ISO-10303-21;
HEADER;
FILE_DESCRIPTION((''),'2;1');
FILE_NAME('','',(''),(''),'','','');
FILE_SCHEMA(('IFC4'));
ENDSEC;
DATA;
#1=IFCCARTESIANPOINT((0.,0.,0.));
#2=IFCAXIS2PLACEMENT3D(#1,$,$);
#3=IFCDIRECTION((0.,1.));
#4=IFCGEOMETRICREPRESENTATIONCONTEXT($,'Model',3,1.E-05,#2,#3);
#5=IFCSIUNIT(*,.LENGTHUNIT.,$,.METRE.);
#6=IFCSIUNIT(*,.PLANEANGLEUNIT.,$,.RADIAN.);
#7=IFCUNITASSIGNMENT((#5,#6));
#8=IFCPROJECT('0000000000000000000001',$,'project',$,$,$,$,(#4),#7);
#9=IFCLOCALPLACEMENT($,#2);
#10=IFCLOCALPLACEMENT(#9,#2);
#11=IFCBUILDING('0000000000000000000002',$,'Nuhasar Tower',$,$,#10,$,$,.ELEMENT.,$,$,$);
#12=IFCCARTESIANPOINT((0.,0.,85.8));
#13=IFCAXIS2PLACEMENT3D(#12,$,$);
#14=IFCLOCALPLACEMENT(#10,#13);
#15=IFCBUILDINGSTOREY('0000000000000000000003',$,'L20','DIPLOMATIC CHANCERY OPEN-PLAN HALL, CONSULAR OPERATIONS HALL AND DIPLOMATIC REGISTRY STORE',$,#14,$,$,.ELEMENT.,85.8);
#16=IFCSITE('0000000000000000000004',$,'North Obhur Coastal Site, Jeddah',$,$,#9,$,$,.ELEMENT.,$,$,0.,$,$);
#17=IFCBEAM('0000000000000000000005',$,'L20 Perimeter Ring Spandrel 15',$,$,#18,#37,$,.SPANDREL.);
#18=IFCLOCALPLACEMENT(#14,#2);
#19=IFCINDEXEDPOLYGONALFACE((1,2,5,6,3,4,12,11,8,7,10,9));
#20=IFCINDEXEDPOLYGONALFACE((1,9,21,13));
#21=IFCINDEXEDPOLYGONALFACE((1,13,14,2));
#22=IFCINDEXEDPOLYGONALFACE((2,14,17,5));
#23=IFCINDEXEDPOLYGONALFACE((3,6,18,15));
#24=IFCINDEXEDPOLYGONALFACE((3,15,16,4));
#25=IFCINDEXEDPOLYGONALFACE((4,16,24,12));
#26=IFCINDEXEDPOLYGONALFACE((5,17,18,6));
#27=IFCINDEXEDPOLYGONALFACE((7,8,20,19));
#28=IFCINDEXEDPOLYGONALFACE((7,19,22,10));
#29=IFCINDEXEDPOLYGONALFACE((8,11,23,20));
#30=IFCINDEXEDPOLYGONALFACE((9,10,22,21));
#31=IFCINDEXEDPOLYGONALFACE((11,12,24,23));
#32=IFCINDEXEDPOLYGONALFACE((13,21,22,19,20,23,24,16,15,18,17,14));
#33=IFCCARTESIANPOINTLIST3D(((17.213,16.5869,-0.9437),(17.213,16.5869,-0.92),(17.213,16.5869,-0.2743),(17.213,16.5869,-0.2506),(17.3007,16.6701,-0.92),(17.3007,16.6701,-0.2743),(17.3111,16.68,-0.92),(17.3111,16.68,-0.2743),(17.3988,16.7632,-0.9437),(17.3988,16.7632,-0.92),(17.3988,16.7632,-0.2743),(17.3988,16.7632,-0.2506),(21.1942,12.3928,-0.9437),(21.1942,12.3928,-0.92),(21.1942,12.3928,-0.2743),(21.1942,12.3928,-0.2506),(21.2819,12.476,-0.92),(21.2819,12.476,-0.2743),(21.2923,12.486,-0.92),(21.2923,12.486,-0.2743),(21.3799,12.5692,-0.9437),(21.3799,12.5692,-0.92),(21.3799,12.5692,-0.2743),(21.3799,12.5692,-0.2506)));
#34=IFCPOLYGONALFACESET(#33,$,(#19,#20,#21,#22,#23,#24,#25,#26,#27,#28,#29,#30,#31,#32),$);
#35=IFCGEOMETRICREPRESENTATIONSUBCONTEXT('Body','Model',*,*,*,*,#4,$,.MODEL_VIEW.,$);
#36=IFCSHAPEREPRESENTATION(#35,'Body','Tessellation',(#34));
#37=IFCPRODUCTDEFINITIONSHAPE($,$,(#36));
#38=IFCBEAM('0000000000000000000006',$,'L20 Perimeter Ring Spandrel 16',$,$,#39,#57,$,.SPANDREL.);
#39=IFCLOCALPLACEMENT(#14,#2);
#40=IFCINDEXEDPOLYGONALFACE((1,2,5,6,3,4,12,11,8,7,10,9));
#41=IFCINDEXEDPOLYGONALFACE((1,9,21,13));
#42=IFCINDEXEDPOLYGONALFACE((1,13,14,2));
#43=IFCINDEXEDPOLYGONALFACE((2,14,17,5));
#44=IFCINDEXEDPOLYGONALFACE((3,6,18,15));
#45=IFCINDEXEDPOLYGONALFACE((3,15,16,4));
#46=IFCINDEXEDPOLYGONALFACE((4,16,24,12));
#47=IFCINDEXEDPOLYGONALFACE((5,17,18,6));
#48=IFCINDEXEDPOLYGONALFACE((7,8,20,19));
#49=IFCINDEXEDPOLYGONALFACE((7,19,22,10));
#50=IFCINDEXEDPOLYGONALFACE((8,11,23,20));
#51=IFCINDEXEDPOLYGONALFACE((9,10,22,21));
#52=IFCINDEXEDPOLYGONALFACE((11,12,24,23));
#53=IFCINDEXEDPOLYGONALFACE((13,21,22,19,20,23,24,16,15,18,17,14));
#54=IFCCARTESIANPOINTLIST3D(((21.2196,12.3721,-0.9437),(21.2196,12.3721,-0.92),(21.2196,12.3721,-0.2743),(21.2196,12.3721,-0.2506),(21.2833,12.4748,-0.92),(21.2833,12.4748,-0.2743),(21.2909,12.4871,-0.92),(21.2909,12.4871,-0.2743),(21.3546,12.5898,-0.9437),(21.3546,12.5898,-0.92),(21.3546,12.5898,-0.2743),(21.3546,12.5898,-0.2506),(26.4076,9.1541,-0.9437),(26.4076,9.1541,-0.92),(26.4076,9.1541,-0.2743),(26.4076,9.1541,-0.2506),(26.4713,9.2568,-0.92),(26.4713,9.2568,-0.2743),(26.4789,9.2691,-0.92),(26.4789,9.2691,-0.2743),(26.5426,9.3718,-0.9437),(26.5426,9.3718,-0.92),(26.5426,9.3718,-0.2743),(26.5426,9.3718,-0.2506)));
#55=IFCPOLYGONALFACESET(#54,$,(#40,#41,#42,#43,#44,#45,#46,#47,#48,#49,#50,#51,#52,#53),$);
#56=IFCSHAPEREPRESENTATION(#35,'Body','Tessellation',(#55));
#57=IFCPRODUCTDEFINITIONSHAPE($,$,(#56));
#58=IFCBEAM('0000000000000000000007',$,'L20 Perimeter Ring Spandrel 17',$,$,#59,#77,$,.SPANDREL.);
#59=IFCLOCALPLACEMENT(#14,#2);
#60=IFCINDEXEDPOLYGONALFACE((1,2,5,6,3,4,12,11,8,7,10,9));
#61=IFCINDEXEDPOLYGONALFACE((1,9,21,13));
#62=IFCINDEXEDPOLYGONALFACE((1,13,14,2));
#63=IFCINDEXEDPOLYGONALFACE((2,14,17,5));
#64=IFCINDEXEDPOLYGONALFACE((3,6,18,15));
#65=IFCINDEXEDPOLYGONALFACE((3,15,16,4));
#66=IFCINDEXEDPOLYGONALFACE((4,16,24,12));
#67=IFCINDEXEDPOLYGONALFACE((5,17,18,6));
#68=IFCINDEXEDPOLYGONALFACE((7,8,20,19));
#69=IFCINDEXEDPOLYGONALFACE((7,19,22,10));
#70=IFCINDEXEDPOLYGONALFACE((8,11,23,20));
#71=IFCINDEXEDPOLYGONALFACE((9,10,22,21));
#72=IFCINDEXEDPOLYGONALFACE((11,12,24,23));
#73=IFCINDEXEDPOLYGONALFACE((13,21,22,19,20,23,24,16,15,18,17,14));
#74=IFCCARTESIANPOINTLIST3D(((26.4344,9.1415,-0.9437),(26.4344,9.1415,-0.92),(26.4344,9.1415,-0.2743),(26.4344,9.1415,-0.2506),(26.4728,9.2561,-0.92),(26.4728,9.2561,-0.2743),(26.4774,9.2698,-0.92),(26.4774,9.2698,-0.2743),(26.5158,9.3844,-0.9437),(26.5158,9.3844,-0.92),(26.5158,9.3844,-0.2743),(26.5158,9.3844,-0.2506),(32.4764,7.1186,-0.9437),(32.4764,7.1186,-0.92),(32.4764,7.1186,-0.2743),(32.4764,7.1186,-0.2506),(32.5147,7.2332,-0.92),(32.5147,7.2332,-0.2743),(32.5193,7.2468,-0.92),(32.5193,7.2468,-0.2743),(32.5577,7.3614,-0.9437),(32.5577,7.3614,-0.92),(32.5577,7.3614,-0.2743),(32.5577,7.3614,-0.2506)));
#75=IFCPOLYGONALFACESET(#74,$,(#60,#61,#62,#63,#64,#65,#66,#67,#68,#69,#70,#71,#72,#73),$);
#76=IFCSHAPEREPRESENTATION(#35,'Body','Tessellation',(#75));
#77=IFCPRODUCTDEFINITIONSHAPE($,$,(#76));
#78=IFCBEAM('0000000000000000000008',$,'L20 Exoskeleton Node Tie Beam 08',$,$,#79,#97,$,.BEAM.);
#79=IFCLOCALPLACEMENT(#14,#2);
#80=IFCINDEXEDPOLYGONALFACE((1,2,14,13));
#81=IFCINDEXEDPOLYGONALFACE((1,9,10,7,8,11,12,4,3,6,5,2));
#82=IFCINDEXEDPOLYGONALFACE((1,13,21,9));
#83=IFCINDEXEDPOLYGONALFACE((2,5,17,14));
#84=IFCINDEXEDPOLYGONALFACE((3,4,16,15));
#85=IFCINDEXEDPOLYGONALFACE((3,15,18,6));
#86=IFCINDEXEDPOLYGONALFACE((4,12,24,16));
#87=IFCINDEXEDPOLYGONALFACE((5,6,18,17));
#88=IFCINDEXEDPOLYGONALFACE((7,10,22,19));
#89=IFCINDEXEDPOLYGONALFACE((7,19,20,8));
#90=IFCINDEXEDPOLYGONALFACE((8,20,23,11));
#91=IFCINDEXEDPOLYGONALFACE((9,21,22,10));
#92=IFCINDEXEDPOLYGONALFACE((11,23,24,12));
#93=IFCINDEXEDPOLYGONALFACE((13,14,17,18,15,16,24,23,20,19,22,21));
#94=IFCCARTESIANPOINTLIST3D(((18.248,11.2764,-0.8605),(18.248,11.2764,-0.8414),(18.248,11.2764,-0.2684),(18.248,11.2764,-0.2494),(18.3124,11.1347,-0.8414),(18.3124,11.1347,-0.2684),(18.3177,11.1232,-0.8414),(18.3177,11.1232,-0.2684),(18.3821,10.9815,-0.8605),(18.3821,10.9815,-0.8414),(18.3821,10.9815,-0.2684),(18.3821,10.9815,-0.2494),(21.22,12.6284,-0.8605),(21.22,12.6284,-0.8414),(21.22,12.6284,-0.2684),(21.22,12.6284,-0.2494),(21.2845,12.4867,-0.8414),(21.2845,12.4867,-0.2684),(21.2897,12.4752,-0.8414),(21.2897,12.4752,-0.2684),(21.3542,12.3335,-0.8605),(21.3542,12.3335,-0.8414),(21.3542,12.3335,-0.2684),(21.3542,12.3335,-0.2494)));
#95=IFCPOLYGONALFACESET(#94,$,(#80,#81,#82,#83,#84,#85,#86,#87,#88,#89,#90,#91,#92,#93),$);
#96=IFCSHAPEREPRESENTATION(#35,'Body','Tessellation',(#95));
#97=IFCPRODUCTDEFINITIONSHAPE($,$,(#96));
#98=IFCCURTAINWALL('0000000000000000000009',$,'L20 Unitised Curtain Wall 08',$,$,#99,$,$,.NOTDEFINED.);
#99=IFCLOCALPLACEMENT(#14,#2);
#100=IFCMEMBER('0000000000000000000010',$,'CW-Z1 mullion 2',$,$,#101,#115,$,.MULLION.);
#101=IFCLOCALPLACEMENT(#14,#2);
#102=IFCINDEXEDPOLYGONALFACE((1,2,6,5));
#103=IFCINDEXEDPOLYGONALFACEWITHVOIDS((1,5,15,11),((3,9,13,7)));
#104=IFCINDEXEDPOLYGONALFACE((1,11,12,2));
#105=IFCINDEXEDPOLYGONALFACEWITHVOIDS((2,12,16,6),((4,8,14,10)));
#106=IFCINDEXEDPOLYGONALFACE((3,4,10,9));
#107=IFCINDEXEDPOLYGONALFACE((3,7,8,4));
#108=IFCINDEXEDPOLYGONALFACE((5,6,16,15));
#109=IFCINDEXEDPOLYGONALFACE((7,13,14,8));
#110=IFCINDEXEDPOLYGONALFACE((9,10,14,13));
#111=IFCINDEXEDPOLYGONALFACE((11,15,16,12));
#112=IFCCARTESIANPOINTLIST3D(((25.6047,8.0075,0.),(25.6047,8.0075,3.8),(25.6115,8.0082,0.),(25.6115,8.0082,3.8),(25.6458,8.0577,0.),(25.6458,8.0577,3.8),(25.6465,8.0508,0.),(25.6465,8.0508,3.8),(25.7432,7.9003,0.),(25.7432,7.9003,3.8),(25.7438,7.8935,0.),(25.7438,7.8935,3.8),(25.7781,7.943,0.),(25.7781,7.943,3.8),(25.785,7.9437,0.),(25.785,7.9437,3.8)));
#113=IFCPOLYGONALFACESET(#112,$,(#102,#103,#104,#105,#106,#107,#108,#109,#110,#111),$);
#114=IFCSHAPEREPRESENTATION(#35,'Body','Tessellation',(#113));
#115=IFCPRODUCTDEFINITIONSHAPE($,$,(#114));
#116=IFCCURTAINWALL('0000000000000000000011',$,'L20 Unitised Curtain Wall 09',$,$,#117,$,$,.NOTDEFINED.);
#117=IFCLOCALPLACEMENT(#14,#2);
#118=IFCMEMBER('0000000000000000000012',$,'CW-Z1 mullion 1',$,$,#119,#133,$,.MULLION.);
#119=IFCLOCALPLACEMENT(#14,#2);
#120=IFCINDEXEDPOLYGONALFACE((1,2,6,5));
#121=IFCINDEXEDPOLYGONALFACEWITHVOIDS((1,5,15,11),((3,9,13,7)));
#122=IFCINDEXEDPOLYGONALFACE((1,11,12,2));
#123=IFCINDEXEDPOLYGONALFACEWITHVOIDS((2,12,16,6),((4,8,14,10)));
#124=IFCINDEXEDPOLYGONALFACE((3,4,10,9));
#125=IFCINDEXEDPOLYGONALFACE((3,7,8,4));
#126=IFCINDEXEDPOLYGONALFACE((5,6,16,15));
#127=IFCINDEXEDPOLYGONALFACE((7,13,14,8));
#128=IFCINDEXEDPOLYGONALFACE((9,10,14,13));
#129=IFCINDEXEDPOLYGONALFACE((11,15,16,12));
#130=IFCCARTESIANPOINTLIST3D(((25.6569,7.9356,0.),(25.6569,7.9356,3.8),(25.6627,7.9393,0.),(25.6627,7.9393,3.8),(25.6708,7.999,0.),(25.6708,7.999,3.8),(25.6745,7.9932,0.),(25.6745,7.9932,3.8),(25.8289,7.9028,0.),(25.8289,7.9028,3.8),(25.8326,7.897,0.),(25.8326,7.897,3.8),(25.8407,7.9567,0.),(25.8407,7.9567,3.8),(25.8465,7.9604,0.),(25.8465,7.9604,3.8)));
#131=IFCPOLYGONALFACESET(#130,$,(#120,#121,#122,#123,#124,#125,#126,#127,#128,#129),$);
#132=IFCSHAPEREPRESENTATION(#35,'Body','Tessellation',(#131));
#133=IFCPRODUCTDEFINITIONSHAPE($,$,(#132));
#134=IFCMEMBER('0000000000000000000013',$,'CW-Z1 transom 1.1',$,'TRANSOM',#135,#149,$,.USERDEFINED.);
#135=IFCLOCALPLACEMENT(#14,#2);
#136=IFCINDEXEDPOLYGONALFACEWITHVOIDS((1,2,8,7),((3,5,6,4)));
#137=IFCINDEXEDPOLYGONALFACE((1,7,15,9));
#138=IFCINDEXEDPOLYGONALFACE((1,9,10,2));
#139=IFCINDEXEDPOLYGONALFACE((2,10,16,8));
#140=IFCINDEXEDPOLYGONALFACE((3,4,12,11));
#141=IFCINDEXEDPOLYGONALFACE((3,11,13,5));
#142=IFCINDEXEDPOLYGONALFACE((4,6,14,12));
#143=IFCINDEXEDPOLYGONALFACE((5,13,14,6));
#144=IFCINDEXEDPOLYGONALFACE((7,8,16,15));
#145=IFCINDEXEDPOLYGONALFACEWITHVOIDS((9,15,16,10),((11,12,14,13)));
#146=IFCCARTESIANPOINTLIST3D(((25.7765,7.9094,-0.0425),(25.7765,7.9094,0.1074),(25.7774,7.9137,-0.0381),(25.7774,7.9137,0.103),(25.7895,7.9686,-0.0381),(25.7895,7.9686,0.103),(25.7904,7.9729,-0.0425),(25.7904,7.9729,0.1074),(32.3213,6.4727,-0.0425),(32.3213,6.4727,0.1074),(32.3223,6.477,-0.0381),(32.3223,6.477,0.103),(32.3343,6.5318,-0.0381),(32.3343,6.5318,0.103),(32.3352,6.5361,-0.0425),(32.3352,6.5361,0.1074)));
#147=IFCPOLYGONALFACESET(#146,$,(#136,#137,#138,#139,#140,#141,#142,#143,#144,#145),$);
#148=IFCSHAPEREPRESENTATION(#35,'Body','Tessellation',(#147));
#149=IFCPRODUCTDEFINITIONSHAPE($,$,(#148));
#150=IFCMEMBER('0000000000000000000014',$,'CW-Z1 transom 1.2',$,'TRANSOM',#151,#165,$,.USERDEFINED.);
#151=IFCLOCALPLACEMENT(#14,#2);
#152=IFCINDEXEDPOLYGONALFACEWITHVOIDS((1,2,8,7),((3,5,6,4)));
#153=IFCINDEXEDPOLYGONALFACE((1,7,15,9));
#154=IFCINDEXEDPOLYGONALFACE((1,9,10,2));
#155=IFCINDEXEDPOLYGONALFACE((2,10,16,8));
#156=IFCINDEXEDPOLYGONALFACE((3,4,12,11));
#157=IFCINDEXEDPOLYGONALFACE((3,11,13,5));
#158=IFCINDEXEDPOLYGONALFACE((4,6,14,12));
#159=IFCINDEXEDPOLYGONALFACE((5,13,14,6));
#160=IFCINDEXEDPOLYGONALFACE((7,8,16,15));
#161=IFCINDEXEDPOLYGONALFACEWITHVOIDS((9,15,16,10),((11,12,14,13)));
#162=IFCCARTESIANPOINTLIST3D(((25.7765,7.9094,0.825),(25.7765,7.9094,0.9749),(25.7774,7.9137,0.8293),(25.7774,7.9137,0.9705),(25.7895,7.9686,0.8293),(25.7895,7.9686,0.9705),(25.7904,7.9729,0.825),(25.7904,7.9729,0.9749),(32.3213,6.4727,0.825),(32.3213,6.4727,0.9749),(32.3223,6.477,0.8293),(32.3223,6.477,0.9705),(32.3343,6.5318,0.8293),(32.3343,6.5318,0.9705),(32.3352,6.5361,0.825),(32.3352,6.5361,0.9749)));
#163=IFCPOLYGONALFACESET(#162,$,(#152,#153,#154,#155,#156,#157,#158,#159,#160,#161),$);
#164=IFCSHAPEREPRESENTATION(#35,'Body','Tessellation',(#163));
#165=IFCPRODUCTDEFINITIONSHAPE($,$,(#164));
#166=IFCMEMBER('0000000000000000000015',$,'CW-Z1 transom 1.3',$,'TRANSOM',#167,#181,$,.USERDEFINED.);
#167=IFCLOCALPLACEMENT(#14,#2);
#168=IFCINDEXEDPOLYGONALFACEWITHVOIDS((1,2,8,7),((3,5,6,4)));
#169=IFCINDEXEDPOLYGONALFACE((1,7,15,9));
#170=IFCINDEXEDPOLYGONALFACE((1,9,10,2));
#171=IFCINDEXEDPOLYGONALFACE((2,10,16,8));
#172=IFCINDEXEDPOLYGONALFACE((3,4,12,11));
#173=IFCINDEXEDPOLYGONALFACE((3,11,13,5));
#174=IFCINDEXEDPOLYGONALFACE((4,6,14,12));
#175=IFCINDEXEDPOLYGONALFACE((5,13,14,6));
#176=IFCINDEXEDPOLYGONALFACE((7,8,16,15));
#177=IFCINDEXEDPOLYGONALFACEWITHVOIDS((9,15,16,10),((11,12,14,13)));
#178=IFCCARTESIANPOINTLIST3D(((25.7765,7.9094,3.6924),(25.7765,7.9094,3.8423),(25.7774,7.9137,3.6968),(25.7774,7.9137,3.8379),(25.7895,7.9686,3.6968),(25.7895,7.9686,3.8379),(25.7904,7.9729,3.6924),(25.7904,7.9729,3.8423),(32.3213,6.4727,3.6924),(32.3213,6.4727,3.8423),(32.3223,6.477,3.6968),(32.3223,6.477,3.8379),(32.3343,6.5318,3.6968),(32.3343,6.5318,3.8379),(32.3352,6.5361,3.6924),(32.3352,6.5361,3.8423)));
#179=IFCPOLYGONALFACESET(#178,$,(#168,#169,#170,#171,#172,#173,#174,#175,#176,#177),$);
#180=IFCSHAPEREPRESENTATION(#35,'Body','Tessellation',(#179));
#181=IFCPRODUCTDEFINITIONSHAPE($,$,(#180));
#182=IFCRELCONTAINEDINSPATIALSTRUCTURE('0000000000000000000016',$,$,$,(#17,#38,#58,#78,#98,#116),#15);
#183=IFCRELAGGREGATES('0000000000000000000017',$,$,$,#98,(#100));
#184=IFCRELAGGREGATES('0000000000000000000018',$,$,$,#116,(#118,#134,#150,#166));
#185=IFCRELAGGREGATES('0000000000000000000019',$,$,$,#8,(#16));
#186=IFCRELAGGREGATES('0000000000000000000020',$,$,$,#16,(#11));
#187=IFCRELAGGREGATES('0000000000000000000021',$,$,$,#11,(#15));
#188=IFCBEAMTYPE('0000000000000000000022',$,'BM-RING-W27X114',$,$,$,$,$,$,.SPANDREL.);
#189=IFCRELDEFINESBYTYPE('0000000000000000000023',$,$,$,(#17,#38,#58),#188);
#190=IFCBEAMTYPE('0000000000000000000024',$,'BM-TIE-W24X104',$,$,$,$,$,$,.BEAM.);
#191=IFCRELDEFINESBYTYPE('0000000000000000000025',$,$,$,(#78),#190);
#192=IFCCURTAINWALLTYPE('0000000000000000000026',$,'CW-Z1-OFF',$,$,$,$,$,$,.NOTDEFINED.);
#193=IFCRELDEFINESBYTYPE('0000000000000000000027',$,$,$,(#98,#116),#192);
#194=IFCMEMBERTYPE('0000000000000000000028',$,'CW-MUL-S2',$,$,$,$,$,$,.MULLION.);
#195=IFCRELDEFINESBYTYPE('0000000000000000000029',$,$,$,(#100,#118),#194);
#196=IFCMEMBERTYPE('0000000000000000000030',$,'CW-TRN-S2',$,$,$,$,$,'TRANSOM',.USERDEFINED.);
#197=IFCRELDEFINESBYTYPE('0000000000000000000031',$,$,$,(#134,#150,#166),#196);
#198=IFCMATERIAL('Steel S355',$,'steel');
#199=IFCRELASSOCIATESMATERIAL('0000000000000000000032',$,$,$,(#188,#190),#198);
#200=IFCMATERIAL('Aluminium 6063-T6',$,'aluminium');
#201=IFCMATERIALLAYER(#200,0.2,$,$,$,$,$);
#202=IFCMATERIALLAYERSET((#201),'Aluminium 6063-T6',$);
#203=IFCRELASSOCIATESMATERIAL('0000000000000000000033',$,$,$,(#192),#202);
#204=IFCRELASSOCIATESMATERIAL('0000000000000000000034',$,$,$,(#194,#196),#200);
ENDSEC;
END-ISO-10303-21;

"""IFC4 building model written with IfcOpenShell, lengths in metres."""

from ifc_helpers import new_model, si_unit, direction, frame, origin, origin_2d, place, context, subcontext, project, spatial, hollow_rectangle, i_section, extrude, material, layer, layer_set, material_profile, profile_set, type_object, element, aggregate, save


model = new_model("IFC4")

# Units and contexts
model_context = context("Model", 3, precision=1e-05, world=origin(), true_north=direction((0.0, 1.0)))
body_context = subcontext(model_context, "Body", "Model", "MODEL_VIEW")
ifc_project = project(units=[si_unit("LENGTHUNIT", "METRE"), si_unit("PLANEANGLEUNIT", "RADIAN")], contexts=[model_context])

# Site, building, storey
site_placement = place(None, origin())
site = spatial("IfcSite", under=ifc_project, at=site_placement, Name="North Obhur Coastal Site, Jeddah", CompositionType="ELEMENT", RefElevation=0.0)
building_placement = place(site_placement, origin())
building = spatial("IfcBuilding", under=site, at=building_placement, Name="Nuhasar Tower", CompositionType="ELEMENT")
storey_placement = place(building_placement, frame((0.0, 0.0, 85.8)))
storey = spatial("IfcBuildingStorey", under=building, at=storey_placement, Name="L20", Description="DIPLOMATIC CHANCERY OPEN-PLAN HALL, CONSULAR OPERATIONS HALL AND DIPLOMATIC REGISTRY STORE", CompositionType="ELEMENT", Elevation=85.8)

# Beams
ifc_material_1 = material(Name="Steel S355", Category="steel")
ifc_material_profile_1 = material_profile(ifc_material_1, i_section(OverallWidth=0.2561, OverallDepth=0.6931, WebThickness=0.0144, FlangeThickness=0.0237, at=origin_2d()), Name="W27X114")
ifc_profile_set_1 = profile_set([ifc_material_profile_1], Name="Steel S355")
beam_type_1 = type_object("IfcBeamType", Name="BM-RING-W27X114", PredefinedType="SPANDREL", material=ifc_profile_set_1)
beam_1_placement = place(storey_placement, frame((17.3059, 16.675, -0.5972), z_axis=(0.68846, -0.725274, 0.0), x_axis=(0.725274, 0.68846, 0.0)))
element("IfcBeam", 1, at=beam_1_placement, inside=storey, type_object=beam_type_1, Name="L20 Perimeter Ring Spandrel 15", PredefinedType="SPANDREL", context=body_context, shape_type="SweptSolid", body=[
    extrude(i_section(OverallWidth=0.2561, OverallDepth=0.6931, WebThickness=0.0144, FlangeThickness=0.0237, at=origin_2d()), origin(), (0.0, 0.0, 1.0), 5.7827),
])
beam_2_placement = place(storey_placement, frame((21.2871, 12.481, -0.5972), z_axis=(0.849795, -0.527113, 0.0), x_axis=(0.527113, 0.849795, 0.0)))
element("IfcBeam", 2, at=beam_2_placement, inside=storey, type_object=beam_type_1, Name="L20 Perimeter Ring Spandrel 16", PredefinedType="SPANDREL", context=body_context, shape_type="SweptSolid", body=[
    extrude(i_section(OverallWidth=0.2561, OverallDepth=0.6931, WebThickness=0.0144, FlangeThickness=0.0237, at=origin_2d()), origin(), (0.0, 0.0, 1.0), 6.105),
])
beam_3_placement = place(storey_placement, frame((26.4751, 9.2629, -0.5972), z_axis=(0.948261, -0.317492, 0.0), x_axis=(0.317492, 0.948261, 0.0)))
element("IfcBeam", 3, at=beam_3_placement, inside=storey, type_object=beam_type_1, Name="L20 Perimeter Ring Spandrel 17", PredefinedType="SPANDREL", context=body_context, shape_type="SweptSolid", body=[
    extrude(i_section(OverallWidth=0.2561, OverallDepth=0.6931, WebThickness=0.0144, FlangeThickness=0.0237, at=origin_2d()), origin(), (0.0, 0.0, 1.0), 6.3716),
])
ifc_material_profile_2 = material_profile(ifc_material_1, i_section(OverallWidth=0.324, OverallDepth=0.6111, WebThickness=0.0127, FlangeThickness=0.019, at=origin_2d()), Name="W24X104")
ifc_profile_set_2 = profile_set([ifc_material_profile_2], Name="Steel S355")
beam_type_2 = type_object("IfcBeamType", Name="BM-TIE-W24X104", PredefinedType="BEAM", material=ifc_profile_set_2)
beam_4_placement = place(storey_placement, frame((21.2871, 12.481, -0.5549), z_axis=(-0.910244, -0.414073, 0.0), x_axis=(0.414073, -0.910244, 0.0)))
element("IfcBeam", 4, at=beam_4_placement, inside=storey, type_object=beam_type_2, Name="L20 Exoskeleton Node Tie Beam 08", PredefinedType="BEAM", context=body_context, shape_type="SweptSolid", body=[
    extrude(i_section(OverallWidth=0.324, OverallDepth=0.6111, WebThickness=0.0127, FlangeThickness=0.019, at=origin_2d()), origin(), (0.0, 0.0, 1.0), 3.2651),
])

# Curtain wall, member
ifc_material_2 = material(Name="Aluminium 6063-T6", Category="aluminium")
ifc_layer_1 = layer(ifc_material_2, 0.2)
ifc_layer_set_1 = layer_set([ifc_layer_1], Name="Aluminium 6063-T6")
curtain_wall_type = type_object("IfcCurtainWallType", Name="CW-Z1-OFF", PredefinedType="NOTDEFINED", material=ifc_layer_set_1)
curtain_wall_1_placement = place(storey_placement, origin())
curtain_wall_1 = element("IfcCurtainWall", 5, at=curtain_wall_1_placement, inside=storey, type_object=curtain_wall_type, Name="L20 Unitised Curtain Wall 08", PredefinedType="NOTDEFINED")
ifc_material_profile_3 = material_profile(ifc_material_2, hollow_rectangle(XDim=0.0649, YDim=0.1799, WallThickness=0.0049, at=origin_2d()), Name="CWM-2")
ifc_profile_set_3 = profile_set([ifc_material_profile_3], Name="Aluminium 6063-T6")
member_type_1 = type_object("IfcMemberType", Name="CW-MUL-S2", PredefinedType="MULLION", material=ifc_profile_set_3)
member_1_placement = place(storey_placement, frame((25.6948, 7.9756, 0.0), z_axis=(0.0, 0.0, 1.0), x_axis=(0.633745, 0.773542, 0.0)))
member_1 = element("IfcMember", 6, at=member_1_placement, type_object=member_type_1, Name="CW-Z1 mullion 2", PredefinedType="MULLION", context=body_context, shape_type="SweptSolid", body=[
    extrude(hollow_rectangle(XDim=0.0649, YDim=0.1799, WallThickness=0.0049, at=origin_2d()), origin(), (0.0, 0.0, 1.0), 3.8),
])

# Curtain wall, members
curtain_wall_2_placement = place(storey_placement, origin())
curtain_wall_2 = element("IfcCurtainWall", 7, at=curtain_wall_2_placement, inside=storey, type_object=curtain_wall_type, Name="L20 Unitised Curtain Wall 09", PredefinedType="NOTDEFINED")
member_2_placement = place(storey_placement, frame((25.7517, 7.948, 0.0), z_axis=(0.0, 0.0, 1.0), x_axis=(0.214399, 0.976746, 0.0)))
member_2 = element("IfcMember", 8, at=member_2_placement, type_object=member_type_1, Name="CW-Z1 mullion 1", PredefinedType="MULLION", context=body_context, shape_type="SweptSolid", body=[
    extrude(hollow_rectangle(XDim=0.0649, YDim=0.1799, WallThickness=0.0049, at=origin_2d()), origin(), (0.0, 0.0, 1.0), 3.8),
])
ifc_material_profile_4 = material_profile(ifc_material_2, hollow_rectangle(XDim=0.0649, YDim=0.1499, WallThickness=0.0044, at=origin_2d()), Name="CWT-2")
ifc_profile_set_4 = profile_set([ifc_material_profile_4], Name="Aluminium 6063-T6")
member_type_2 = type_object("IfcMemberType", Name="CW-TRN-S2", ElementType="TRANSOM", PredefinedType="USERDEFINED", material=ifc_profile_set_4)
member_3_placement = place(storey_placement, frame((25.7834, 7.9412, 0.0325), z_axis=(0.976742, -0.214418, 0.0), x_axis=(0.214418, 0.976742, 0.0)))
member_3 = element("IfcMember", 9, at=member_3_placement, type_object=member_type_2, Name="CW-Z1 transom 1.1", ObjectType="TRANSOM", PredefinedType="USERDEFINED", context=body_context, shape_type="SweptSolid", body=[
    extrude(hollow_rectangle(XDim=0.0649, YDim=0.1499, WallThickness=0.0044, at=origin_2d()), origin(), (0.0, 0.0, 1.0), 6.7007),
])
member_4_placement = place(storey_placement, frame((25.7834, 7.9412, 0.8999), z_axis=(0.976742, -0.214418, 0.0), x_axis=(0.214418, 0.976742, 0.0)))
member_4 = element("IfcMember", 10, at=member_4_placement, type_object=member_type_2, Name="CW-Z1 transom 1.2", ObjectType="TRANSOM", PredefinedType="USERDEFINED", context=body_context, shape_type="SweptSolid", body=[
    extrude(hollow_rectangle(XDim=0.0649, YDim=0.1499, WallThickness=0.0044, at=origin_2d()), origin(), (0.0, 0.0, 1.0), 6.7007),
])
member_5_placement = place(storey_placement, frame((25.7834, 7.9412, 3.7673), z_axis=(0.976742, -0.214418, 0.0), x_axis=(0.214418, 0.976742, 0.0)))
member_5 = element("IfcMember", 11, at=member_5_placement, type_object=member_type_2, Name="CW-Z1 transom 1.3", ObjectType="TRANSOM", PredefinedType="USERDEFINED", context=body_context, shape_type="SweptSolid", body=[
    extrude(hollow_rectangle(XDim=0.0649, YDim=0.1499, WallThickness=0.0044, at=origin_2d()), origin(), (0.0, 0.0, 1.0), 6.7007),
])

aggregate(curtain_wall_1, [member_1])
aggregate(curtain_wall_2, [member_2, member_3, member_4, member_5])

save(model, "model.ifc")
